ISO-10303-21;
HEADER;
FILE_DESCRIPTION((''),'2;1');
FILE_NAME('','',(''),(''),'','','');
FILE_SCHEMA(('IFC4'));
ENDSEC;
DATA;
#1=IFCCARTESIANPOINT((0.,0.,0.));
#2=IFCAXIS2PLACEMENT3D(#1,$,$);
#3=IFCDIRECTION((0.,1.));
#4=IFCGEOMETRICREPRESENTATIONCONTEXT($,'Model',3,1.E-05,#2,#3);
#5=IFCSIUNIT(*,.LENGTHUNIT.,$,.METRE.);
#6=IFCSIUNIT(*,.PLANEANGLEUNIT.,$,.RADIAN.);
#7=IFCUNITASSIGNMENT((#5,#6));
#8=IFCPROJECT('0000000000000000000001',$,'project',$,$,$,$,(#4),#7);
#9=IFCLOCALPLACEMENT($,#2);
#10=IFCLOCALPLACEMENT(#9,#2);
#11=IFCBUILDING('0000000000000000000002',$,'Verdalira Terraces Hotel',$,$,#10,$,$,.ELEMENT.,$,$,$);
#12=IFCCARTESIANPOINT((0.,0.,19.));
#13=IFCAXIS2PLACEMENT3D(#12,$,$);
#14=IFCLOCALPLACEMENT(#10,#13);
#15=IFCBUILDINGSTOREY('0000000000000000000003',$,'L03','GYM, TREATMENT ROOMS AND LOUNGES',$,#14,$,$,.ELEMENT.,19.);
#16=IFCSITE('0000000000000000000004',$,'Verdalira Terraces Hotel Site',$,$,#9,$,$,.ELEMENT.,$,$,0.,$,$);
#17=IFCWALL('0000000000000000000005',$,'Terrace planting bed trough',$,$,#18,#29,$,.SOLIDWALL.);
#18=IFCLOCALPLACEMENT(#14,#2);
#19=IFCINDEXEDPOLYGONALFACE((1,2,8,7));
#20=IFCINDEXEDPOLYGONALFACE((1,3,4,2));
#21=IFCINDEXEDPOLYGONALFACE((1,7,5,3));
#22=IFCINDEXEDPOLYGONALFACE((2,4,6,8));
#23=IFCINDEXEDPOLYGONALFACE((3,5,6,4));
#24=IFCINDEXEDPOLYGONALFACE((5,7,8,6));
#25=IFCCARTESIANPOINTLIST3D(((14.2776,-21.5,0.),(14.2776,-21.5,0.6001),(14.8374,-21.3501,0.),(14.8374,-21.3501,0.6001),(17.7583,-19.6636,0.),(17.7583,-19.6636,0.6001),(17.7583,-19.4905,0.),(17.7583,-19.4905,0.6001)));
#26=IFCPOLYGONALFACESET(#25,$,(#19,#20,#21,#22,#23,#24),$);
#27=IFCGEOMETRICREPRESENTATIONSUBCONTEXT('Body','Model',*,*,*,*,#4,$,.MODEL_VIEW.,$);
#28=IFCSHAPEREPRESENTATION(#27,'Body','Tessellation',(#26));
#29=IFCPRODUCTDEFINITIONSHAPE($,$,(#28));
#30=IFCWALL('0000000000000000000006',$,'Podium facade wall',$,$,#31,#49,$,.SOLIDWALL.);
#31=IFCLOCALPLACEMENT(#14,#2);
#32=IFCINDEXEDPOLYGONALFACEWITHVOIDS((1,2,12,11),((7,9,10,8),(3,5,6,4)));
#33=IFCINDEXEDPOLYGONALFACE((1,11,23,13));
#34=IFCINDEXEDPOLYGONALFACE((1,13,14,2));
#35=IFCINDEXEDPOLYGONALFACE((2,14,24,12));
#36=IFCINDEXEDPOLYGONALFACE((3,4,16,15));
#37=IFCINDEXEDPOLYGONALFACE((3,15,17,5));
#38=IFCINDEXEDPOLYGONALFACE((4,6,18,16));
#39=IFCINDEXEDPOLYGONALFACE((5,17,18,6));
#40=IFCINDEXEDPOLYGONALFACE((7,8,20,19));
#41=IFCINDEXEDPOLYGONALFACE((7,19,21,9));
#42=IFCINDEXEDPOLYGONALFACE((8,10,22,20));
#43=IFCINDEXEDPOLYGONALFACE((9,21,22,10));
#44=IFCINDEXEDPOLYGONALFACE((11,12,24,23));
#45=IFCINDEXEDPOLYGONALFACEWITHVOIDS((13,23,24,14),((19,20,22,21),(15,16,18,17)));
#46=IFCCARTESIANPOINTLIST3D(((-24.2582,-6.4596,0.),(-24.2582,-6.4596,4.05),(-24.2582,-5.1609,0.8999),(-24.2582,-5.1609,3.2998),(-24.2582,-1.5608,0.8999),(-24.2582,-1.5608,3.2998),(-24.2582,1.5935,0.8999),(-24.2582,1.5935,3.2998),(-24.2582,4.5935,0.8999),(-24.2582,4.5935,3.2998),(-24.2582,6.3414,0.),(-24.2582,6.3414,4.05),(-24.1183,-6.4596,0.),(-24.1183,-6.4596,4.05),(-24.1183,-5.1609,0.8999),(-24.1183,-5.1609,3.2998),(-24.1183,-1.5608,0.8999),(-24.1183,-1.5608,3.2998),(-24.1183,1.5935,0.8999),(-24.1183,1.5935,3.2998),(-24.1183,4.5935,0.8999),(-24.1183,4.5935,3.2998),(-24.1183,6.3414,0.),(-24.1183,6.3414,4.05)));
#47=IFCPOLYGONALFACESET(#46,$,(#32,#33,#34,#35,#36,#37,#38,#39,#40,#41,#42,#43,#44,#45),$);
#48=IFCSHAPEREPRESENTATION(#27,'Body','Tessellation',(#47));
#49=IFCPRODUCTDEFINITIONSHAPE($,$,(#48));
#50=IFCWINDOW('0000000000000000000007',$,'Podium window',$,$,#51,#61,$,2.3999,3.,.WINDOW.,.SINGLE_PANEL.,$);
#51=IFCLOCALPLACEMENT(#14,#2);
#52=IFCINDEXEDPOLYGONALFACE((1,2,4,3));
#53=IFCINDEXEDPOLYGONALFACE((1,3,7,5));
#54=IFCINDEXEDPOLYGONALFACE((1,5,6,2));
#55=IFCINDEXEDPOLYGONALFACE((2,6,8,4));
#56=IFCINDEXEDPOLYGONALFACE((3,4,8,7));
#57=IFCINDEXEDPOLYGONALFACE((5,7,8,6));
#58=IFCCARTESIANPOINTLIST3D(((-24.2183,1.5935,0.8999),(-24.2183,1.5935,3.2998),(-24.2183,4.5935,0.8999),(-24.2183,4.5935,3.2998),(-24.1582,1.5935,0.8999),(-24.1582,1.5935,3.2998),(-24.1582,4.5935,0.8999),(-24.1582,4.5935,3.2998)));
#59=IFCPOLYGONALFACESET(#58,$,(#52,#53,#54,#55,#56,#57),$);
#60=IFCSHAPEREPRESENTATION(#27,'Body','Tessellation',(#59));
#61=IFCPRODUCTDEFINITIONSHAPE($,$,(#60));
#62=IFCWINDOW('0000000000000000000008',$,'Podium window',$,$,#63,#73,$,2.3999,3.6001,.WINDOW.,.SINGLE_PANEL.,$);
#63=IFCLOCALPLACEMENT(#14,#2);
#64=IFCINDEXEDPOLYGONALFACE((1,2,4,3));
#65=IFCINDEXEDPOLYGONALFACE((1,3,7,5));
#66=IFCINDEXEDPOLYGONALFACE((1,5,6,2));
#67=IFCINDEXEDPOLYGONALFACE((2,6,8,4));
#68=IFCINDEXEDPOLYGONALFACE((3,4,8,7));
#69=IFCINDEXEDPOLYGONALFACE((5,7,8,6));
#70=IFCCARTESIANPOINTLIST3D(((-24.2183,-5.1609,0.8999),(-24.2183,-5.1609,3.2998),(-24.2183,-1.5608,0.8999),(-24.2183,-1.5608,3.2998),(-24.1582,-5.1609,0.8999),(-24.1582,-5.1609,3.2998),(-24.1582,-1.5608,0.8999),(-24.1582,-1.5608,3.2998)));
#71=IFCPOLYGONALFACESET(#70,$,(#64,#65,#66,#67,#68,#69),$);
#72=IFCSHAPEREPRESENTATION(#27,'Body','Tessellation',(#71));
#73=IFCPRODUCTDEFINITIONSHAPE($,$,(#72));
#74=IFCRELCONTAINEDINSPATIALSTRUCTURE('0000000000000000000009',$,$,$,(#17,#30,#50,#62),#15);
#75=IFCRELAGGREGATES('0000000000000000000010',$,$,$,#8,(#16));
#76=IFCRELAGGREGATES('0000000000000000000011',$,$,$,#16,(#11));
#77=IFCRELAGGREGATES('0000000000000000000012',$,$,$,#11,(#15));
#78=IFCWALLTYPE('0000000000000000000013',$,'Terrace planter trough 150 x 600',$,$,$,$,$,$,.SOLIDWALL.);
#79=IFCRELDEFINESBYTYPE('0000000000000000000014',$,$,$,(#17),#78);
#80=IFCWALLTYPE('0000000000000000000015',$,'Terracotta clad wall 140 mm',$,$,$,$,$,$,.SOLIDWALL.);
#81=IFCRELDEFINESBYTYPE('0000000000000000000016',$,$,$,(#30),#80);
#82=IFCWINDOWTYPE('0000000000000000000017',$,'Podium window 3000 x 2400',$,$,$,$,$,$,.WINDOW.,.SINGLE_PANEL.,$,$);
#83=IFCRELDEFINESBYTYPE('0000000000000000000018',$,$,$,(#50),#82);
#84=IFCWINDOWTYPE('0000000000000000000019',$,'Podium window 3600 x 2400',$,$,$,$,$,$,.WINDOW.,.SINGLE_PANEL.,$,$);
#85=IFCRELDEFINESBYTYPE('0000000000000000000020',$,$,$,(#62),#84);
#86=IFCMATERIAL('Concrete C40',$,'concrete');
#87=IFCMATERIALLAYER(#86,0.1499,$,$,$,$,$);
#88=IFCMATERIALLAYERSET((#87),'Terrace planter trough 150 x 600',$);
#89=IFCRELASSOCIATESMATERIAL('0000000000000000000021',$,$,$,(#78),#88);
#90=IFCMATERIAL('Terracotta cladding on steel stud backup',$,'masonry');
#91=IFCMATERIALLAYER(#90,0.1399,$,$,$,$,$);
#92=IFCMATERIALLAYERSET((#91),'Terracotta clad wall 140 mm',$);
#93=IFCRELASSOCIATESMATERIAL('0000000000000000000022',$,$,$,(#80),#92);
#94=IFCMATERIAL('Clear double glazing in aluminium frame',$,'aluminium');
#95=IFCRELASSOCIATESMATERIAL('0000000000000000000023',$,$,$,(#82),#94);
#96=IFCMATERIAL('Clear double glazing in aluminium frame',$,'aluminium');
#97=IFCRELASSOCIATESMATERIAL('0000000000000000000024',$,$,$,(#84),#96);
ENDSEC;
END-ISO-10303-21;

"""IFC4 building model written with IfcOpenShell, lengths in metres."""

from ifc_helpers import new_model, si_unit, direction, frame, frame_2d, origin, place, context, subcontext, project, spatial, polyline, rectangle, outline, extrude, material, layer, layer_set, type_object, element, fill, save


model = new_model("IFC4")

# Units and contexts
model_context = context("Model", 3, precision=1e-05, world=origin(), true_north=direction((0.0, 1.0)))
body_context = subcontext(model_context, "Body", "Model", "MODEL_VIEW")
ifc_project = project(units=[si_unit("LENGTHUNIT", "METRE"), si_unit("PLANEANGLEUNIT", "RADIAN")], contexts=[model_context])

# Site, building, storey
site_placement = place(None, origin())
site = spatial("IfcSite", under=ifc_project, at=site_placement, Name="Verdalira Terraces Hotel Site", CompositionType="ELEMENT", RefElevation=0.0)
building_placement = place(site_placement, origin())
building = spatial("IfcBuilding", under=site, at=building_placement, Name="Verdalira Terraces Hotel", CompositionType="ELEMENT")
storey_placement = place(building_placement, frame((0.0, 0.0, 19.0)))
storey = spatial("IfcBuildingStorey", under=building, at=storey_placement, Name="L03", Description="GYM, TREATMENT ROOMS AND LOUNGES", CompositionType="ELEMENT", Elevation=19.0)

# Wall
ifc_material_1 = material(Name="Concrete C40", Category="concrete")
ifc_layer_1 = layer(ifc_material_1, 0.1499)
ifc_layer_set_1 = layer_set([ifc_layer_1], Name="Terrace planter trough 150 x 600")
wall_type_1 = type_object("IfcWallType", Name="Terrace planter trough 150 x 600", PredefinedType="SOLIDWALL", material=ifc_layer_set_1)
wall_1_placement = place(storey_placement, origin())
element("IfcWall", 1, at=wall_1_placement, inside=storey, type_object=wall_type_1, Name="Terrace planting bed trough", PredefinedType="SOLIDWALL", context=body_context, shape_type="SweptSolid", body=[
    extrude(outline(polyline([(17.7583, -19.4905), (14.2776, -21.5), (14.8374, -21.3501), (17.7583, -19.6636), (17.7583, -19.4905)])), origin(), (0.0, 0.0, 1.0), 0.6001),
])

# Wall, openings, windows
ifc_material_2 = material(Name="Terracotta cladding on steel stud backup", Category="masonry")
ifc_layer_2 = layer(ifc_material_2, 0.1399)
ifc_layer_set_2 = layer_set([ifc_layer_2], Name="Terracotta clad wall 140 mm")
wall_type_2 = type_object("IfcWallType", Name="Terracotta clad wall 140 mm", PredefinedType="SOLIDWALL", material=ifc_layer_set_2)
wall_2_placement = place(storey_placement, frame((-24.1882, 6.3413, 0.0), z_axis=(0.0, 0.0, 1.0), x_axis=(0.0, -1.0, 0.0)))
wall_2 = element("IfcWall", 2, at=wall_2_placement, inside=storey, type_object=wall_type_2, Name="Podium facade wall", PredefinedType="SOLIDWALL", context=body_context, shape_type="SweptSolid", body=[
    extrude(rectangle(XDim=12.801, YDim=0.1399, at=frame_2d((6.4004, 0.0))), origin(), (0.0, 0.0, 1.0), 4.05),
])
opening_1_placement = place(wall_2_placement, frame((1.7478, 0.0, 0.8999)))
opening_1 = element("IfcOpeningElement", 3, at=opening_1_placement, cuts=wall_2, PredefinedType="OPENING", context=body_context, shape_type="SweptSolid", body=[
    extrude(rectangle(XDim=3.0, YDim=2.3999, at=frame_2d((1.5, 1.2))), frame((0.0, 0.0798, 0.0), z_axis=(0.0, -1.0, 0.0), x_axis=(1.0, 0.0, 0.0)), (0.0, 0.0, 1.0), 0.1599),
])
opening_2_placement = place(wall_2_placement, frame((7.9021, 0.0, 0.8999)))
opening_2 = element("IfcOpeningElement", 4, at=opening_2_placement, cuts=wall_2, PredefinedType="OPENING", context=body_context, shape_type="SweptSolid", body=[
    extrude(rectangle(XDim=3.6001, YDim=2.3999, at=frame_2d((1.8, 1.2))), frame((0.0, 0.0798, 0.0), z_axis=(0.0, -1.0, 0.0), x_axis=(1.0, 0.0, 0.0)), (0.0, 0.0, 1.0), 0.1599),
])
ifc_material_3 = material(Name="Clear double glazing in aluminium frame", Category="aluminium")
window_type_1 = type_object("IfcWindowType", Name="Podium window 3000 x 2400", PartitioningType="SINGLE_PANEL", PredefinedType="WINDOW", material=ifc_material_3)
window_1_placement = place(opening_1_placement, origin())
window_1 = element("IfcWindow", 5, at=window_1_placement, inside=storey, type_object=window_type_1, Name="Podium window", OverallHeight=2.3999, OverallWidth=3.0, PartitioningType="SINGLE_PANEL", PredefinedType="WINDOW", context=body_context, shape_type="SweptSolid", body=[
    extrude(rectangle(XDim=3.0, YDim=2.3999, at=frame_2d((1.5, 1.2))), frame((0.0, 0.03, 0.0), z_axis=(0.0, -1.0, 0.0), x_axis=(1.0, 0.0, 0.0)), (0.0, 0.0, 1.0), 0.0601),
])
fill(opening_1, window_1)
ifc_material_4 = material(Name="Clear double glazing in aluminium frame", Category="aluminium")
window_type_2 = type_object("IfcWindowType", Name="Podium window 3600 x 2400", PartitioningType="SINGLE_PANEL", PredefinedType="WINDOW", material=ifc_material_4)
window_2_placement = place(opening_2_placement, origin())
window_2 = element("IfcWindow", 6, at=window_2_placement, inside=storey, type_object=window_type_2, Name="Podium window", OverallHeight=2.3999, OverallWidth=3.6001, PartitioningType="SINGLE_PANEL", PredefinedType="WINDOW", context=body_context, shape_type="SweptSolid", body=[
    extrude(rectangle(XDim=3.6001, YDim=2.3999, at=frame_2d((1.8, 1.2))), frame((0.0, 0.03, 0.0), z_axis=(0.0, -1.0, 0.0), x_axis=(1.0, 0.0, 0.0)), (0.0, 0.0, 1.0), 0.0601),
])
fill(opening_2, window_2)

save(model, "model.ifc")
